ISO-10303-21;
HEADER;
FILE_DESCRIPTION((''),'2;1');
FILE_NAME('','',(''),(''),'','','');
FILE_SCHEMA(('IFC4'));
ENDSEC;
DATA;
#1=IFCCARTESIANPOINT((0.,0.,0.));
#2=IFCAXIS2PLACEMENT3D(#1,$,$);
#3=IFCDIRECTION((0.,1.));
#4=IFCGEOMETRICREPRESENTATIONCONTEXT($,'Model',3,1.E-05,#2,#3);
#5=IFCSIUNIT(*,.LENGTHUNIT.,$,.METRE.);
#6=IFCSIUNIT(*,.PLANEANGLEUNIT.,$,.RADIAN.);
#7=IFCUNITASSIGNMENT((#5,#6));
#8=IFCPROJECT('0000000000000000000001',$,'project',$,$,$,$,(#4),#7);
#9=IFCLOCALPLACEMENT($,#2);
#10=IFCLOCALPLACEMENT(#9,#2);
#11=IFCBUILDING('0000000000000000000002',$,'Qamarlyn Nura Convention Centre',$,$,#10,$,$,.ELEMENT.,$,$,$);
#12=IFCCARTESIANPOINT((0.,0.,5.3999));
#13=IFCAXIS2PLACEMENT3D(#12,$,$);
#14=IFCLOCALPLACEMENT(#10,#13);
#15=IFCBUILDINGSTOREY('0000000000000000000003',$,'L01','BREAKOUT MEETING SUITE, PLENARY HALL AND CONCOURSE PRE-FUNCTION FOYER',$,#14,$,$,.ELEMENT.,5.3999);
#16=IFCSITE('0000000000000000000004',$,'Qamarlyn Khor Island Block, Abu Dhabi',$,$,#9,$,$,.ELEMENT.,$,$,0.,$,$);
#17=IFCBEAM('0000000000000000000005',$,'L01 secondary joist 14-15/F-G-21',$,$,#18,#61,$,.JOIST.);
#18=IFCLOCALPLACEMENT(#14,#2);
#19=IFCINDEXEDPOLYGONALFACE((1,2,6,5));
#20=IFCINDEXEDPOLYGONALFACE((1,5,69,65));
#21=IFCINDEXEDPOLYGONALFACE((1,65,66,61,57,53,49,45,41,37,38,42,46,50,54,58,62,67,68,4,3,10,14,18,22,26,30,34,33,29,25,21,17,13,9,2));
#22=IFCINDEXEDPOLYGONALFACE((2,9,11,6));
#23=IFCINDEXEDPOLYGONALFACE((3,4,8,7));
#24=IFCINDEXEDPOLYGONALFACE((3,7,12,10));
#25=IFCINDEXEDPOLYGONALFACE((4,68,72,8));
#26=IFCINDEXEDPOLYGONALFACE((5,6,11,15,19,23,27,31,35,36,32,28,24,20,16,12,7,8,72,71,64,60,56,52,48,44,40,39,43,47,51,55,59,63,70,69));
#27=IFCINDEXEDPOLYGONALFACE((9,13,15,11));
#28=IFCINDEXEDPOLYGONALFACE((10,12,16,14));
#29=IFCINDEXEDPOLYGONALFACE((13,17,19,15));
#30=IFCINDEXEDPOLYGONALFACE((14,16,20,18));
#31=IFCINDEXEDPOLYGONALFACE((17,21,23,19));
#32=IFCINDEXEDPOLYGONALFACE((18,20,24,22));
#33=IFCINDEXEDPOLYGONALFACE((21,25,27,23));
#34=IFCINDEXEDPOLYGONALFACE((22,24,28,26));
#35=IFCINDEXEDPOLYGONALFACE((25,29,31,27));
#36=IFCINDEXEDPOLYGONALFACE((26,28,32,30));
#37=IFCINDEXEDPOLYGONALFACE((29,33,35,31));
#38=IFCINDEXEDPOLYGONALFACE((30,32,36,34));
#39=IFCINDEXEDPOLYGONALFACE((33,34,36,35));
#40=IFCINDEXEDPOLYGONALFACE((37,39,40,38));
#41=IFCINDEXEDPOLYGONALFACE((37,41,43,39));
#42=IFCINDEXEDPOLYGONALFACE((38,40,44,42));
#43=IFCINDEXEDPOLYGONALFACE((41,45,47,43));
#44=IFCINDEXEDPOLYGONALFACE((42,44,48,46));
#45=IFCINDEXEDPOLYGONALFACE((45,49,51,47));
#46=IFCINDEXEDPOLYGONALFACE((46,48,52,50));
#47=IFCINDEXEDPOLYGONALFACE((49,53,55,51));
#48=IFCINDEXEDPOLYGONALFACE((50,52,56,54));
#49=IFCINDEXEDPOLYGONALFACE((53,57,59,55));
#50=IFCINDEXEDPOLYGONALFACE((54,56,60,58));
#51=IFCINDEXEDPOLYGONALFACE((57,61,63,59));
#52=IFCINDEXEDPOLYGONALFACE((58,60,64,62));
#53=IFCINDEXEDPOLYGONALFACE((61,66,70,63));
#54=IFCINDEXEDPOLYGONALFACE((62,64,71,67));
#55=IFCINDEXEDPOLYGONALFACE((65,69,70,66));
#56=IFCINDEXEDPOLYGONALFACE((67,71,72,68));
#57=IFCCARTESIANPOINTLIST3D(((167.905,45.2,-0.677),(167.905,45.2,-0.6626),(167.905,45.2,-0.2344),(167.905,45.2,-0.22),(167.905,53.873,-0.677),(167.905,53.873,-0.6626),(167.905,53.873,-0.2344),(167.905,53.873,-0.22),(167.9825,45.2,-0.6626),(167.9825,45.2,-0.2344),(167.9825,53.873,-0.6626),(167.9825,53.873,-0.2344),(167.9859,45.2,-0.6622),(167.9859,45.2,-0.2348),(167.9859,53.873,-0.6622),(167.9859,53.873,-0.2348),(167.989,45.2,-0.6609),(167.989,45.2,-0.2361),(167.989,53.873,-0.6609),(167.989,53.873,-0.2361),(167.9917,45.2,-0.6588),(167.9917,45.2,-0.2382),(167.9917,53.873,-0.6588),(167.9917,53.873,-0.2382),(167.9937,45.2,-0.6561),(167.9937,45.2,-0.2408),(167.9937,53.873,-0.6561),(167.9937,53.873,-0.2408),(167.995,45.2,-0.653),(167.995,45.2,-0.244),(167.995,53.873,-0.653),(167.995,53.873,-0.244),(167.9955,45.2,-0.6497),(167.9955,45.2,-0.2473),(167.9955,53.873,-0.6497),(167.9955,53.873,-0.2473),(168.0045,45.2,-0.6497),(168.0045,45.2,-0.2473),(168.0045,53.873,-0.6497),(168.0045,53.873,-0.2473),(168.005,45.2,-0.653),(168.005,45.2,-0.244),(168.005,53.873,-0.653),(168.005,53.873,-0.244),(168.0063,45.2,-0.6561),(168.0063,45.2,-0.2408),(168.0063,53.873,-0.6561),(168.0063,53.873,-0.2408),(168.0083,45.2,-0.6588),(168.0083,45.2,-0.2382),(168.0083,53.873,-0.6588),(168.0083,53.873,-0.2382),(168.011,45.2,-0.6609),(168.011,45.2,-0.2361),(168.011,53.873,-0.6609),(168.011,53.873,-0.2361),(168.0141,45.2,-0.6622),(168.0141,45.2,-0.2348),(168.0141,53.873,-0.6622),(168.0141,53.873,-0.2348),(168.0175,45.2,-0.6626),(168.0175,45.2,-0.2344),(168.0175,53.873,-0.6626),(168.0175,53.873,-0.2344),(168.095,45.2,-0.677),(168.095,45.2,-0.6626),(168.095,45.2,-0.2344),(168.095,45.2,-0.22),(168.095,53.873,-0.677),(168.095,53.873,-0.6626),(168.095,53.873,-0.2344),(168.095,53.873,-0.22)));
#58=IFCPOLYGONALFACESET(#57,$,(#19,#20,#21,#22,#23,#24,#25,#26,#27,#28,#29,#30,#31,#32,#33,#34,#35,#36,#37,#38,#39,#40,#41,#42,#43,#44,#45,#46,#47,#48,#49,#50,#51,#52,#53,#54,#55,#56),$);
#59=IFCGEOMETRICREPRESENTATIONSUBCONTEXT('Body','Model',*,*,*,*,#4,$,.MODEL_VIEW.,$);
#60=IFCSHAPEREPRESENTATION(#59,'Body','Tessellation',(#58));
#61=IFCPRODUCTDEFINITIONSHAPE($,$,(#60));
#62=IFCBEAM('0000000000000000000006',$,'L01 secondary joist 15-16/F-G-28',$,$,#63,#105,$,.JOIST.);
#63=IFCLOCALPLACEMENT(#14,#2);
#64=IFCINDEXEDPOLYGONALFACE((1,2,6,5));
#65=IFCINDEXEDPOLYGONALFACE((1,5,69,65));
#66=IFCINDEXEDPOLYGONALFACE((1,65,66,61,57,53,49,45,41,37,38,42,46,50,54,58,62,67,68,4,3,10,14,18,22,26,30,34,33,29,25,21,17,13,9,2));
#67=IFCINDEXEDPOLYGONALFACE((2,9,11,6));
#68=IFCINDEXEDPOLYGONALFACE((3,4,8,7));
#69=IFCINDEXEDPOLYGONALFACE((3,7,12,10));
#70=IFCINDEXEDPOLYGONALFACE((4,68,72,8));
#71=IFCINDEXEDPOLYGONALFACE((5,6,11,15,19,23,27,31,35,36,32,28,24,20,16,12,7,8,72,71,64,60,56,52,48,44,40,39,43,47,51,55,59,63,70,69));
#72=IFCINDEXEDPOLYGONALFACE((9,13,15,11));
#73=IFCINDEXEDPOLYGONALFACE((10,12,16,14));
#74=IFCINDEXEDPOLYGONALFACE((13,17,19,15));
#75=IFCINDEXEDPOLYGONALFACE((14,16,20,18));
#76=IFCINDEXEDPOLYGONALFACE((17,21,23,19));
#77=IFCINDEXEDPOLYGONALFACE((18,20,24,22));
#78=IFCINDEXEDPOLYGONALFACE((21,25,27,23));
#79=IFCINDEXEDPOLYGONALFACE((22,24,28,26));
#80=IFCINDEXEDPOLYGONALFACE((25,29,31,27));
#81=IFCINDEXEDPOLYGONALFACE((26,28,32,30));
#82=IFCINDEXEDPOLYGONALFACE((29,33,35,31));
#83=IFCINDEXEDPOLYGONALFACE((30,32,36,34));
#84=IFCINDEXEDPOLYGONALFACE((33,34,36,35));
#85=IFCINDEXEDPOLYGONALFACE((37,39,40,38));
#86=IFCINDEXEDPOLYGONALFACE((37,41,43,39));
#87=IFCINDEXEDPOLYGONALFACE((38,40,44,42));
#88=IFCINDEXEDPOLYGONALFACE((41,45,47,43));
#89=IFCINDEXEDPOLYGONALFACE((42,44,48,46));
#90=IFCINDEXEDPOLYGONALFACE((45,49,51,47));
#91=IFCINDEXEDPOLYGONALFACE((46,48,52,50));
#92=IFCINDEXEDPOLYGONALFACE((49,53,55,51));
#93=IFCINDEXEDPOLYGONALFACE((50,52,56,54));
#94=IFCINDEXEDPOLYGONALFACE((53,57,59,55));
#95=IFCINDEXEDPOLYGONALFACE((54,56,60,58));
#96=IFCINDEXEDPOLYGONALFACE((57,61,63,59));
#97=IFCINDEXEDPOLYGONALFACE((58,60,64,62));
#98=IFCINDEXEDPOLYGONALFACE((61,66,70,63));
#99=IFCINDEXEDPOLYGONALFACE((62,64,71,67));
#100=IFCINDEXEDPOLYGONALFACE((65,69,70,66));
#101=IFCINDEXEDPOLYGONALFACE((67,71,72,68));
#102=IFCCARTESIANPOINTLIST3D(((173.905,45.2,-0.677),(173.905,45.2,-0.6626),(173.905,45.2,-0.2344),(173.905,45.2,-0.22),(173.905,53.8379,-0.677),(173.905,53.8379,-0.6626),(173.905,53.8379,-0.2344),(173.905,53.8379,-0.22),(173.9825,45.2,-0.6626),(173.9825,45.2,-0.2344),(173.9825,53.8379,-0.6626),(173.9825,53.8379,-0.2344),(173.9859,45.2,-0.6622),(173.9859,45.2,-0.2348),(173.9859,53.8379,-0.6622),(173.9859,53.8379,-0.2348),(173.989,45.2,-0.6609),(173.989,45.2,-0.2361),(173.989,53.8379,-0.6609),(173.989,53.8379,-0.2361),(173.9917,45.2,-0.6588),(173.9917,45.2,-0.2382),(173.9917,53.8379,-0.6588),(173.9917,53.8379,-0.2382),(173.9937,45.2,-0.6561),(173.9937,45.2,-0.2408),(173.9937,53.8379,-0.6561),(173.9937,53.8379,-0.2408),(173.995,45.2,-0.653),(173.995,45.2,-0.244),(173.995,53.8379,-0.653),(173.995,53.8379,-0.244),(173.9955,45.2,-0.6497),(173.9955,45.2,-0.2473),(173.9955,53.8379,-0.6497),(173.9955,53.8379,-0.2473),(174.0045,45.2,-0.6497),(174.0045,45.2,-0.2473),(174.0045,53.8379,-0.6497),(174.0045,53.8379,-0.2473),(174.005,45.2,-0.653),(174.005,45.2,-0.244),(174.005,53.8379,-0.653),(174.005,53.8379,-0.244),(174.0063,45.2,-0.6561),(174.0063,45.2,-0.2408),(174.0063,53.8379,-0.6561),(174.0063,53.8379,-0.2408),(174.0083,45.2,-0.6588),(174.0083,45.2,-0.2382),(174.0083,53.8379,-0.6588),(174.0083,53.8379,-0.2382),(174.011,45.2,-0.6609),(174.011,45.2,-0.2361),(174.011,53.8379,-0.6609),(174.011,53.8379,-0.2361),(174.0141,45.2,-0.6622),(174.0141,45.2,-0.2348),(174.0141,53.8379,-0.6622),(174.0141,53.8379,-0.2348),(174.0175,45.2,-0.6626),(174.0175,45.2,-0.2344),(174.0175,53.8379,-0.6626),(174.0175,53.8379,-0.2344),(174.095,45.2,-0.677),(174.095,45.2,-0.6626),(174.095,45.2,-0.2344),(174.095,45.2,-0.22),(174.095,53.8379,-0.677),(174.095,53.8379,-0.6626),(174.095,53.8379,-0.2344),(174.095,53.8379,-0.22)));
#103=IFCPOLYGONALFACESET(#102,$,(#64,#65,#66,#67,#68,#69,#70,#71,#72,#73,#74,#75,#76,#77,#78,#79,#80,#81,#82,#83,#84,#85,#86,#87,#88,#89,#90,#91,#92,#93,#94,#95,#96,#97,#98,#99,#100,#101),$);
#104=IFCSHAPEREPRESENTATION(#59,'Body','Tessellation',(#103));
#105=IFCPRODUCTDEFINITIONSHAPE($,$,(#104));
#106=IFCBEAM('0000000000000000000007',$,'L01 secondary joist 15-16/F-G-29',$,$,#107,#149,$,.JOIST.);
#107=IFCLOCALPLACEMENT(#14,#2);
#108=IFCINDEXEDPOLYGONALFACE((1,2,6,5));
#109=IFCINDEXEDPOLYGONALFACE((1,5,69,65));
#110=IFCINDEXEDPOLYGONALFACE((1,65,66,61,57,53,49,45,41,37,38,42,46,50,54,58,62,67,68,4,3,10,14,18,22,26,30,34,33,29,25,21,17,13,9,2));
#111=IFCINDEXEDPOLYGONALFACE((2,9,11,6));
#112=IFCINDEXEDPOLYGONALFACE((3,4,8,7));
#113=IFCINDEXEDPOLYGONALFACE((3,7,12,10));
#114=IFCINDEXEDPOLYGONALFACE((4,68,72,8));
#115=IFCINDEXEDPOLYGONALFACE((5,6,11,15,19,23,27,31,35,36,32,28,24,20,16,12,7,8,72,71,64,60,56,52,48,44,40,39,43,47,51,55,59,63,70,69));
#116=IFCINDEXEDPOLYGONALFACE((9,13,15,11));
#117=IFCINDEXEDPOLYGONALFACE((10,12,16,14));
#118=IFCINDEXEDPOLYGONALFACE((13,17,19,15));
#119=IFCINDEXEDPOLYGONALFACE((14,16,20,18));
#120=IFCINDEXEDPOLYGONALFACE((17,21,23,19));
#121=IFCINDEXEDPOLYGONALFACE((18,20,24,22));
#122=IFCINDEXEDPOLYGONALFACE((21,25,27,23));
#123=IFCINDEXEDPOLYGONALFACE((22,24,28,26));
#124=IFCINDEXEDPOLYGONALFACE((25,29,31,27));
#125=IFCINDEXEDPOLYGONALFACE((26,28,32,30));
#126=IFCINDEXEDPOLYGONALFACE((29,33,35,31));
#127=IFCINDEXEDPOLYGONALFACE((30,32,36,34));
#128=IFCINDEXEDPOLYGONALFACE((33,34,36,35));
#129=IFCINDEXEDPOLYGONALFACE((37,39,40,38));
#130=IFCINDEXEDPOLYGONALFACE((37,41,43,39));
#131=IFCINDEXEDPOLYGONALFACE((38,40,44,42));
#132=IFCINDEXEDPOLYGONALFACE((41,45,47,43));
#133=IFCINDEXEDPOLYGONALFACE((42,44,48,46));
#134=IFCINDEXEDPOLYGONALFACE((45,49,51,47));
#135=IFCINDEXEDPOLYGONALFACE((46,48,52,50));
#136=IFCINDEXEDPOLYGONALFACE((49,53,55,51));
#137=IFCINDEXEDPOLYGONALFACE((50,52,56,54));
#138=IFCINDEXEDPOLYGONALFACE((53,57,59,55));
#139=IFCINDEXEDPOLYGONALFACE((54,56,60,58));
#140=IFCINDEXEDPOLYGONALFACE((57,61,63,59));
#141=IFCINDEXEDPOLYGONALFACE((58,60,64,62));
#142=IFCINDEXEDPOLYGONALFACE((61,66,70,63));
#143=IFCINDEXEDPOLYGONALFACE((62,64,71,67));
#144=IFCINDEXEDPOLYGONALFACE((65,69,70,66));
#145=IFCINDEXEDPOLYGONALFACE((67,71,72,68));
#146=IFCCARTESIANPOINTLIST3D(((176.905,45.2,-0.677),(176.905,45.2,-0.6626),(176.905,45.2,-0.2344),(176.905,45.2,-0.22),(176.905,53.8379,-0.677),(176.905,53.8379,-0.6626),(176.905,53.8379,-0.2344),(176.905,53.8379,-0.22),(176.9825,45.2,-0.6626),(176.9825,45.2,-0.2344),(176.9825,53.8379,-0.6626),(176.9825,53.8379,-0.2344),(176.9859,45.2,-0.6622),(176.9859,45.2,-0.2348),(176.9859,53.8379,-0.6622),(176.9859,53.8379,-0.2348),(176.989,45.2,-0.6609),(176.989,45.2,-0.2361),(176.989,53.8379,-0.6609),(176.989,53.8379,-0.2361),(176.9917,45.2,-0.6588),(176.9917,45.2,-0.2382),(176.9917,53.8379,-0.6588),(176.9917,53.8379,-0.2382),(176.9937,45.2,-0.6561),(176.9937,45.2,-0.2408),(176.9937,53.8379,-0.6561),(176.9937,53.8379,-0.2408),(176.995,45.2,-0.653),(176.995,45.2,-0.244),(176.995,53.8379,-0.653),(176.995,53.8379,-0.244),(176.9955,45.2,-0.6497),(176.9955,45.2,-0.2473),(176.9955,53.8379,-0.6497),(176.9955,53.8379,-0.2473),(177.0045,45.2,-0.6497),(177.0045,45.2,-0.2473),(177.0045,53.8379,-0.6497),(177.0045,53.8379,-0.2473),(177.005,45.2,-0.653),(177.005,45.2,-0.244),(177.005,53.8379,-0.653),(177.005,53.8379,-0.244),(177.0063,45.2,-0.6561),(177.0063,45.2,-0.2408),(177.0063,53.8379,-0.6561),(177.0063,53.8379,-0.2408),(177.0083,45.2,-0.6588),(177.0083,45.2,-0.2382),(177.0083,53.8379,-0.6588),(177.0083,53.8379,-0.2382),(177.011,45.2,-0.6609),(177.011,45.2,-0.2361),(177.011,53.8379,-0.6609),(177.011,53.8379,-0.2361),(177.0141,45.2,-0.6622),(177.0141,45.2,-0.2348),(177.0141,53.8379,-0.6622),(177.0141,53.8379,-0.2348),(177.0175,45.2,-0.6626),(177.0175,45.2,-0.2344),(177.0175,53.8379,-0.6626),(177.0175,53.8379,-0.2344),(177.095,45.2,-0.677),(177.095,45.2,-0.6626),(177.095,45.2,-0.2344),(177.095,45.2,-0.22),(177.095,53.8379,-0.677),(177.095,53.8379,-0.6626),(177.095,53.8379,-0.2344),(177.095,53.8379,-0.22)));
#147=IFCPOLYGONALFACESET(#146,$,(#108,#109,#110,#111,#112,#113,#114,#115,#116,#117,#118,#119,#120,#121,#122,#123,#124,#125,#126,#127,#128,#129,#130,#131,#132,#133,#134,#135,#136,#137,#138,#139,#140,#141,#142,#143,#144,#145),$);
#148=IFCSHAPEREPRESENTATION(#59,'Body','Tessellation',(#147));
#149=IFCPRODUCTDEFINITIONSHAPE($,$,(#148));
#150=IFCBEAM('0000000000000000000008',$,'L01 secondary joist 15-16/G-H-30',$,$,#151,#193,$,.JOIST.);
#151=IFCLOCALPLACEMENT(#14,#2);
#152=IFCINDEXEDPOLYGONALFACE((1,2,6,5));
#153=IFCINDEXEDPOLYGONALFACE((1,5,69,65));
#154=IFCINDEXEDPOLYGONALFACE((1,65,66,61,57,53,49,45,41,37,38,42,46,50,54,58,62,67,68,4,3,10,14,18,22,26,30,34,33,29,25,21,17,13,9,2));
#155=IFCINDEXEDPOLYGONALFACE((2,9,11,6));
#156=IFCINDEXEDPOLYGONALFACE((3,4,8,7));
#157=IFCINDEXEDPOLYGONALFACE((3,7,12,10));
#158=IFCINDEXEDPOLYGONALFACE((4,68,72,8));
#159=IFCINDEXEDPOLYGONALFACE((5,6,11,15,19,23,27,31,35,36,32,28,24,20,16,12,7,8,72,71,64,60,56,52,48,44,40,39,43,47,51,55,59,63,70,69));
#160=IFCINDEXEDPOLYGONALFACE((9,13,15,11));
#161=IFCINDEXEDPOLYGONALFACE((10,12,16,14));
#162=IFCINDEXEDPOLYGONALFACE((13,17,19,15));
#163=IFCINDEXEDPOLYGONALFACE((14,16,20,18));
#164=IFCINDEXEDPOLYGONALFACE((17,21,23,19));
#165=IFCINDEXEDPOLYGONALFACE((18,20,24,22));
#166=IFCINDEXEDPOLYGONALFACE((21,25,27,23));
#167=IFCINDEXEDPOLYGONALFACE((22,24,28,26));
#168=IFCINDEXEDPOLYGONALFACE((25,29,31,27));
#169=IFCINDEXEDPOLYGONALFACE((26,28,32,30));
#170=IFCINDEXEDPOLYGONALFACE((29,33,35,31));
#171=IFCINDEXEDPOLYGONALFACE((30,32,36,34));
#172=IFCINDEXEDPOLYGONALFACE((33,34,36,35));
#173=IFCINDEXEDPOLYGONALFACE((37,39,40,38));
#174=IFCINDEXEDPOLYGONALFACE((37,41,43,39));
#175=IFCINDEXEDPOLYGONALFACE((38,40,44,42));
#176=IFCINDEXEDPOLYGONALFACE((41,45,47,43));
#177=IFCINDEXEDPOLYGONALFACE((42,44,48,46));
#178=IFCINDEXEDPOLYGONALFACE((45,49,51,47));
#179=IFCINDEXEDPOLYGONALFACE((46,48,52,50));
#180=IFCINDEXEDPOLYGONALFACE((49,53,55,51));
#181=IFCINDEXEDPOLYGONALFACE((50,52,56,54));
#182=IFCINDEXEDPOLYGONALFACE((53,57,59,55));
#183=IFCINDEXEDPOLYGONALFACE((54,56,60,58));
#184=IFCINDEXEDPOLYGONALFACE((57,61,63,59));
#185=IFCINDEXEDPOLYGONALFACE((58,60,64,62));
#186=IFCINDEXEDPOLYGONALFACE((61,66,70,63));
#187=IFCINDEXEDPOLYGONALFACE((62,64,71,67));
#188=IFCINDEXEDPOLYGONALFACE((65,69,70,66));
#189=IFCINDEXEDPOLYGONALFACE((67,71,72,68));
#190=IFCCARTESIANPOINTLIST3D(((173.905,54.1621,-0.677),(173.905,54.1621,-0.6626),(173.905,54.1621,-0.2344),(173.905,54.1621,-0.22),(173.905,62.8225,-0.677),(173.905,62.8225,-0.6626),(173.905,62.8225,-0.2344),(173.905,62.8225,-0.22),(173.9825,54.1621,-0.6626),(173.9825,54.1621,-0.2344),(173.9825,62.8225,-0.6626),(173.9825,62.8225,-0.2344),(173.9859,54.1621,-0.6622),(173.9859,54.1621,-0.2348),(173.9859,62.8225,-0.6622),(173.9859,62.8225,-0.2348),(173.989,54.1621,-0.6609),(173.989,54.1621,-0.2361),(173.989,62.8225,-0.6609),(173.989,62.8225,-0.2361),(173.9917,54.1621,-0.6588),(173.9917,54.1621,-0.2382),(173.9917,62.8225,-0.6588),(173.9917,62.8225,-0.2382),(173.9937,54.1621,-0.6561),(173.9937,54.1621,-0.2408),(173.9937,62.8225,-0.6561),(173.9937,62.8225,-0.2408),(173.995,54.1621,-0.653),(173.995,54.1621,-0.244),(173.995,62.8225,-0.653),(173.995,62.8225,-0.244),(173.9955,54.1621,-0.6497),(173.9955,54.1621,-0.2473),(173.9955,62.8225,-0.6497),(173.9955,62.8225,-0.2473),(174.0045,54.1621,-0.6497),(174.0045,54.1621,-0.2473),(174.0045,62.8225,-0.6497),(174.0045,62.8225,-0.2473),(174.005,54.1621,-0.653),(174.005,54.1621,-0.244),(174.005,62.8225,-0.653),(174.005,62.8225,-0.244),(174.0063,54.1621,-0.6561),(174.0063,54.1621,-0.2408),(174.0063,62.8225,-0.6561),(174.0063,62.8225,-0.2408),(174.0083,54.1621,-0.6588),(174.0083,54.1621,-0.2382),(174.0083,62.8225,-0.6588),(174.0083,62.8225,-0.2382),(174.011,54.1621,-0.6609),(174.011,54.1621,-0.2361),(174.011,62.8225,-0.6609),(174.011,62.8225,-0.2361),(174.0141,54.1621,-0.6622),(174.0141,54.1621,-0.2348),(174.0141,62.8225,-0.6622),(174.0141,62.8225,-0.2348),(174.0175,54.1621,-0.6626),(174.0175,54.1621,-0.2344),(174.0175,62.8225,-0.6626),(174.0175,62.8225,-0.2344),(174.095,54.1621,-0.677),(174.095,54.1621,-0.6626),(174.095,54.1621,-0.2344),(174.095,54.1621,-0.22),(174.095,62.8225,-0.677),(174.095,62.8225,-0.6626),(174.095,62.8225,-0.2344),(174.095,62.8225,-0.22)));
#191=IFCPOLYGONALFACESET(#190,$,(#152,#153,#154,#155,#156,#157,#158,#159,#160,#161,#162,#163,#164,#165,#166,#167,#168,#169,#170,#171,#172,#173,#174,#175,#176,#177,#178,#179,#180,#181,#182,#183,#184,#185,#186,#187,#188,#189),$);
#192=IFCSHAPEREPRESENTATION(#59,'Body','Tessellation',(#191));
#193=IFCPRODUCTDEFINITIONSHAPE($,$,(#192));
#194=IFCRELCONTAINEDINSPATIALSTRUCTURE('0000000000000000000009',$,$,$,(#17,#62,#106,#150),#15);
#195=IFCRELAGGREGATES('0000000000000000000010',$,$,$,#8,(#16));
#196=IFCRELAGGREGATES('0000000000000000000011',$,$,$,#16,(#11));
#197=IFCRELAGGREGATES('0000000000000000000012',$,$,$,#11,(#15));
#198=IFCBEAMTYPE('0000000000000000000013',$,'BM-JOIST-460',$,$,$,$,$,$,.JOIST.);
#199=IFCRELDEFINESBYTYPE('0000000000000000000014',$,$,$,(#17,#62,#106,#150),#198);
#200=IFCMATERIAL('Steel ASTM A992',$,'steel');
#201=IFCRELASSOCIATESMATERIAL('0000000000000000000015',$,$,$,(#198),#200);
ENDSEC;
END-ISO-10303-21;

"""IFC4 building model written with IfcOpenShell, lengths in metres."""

from ifc_helpers import new_model, si_unit, direction, frame, origin, origin_2d, place, context, subcontext, project, spatial, i_section, extrude, material, material_profile, profile_set, type_object, element, save


model = new_model("IFC4")

# Units and contexts
model_context = context("Model", 3, precision=1e-05, world=origin(), true_north=direction((0.0, 1.0)))
body_context = subcontext(model_context, "Body", "Model", "MODEL_VIEW")
ifc_project = project(units=[si_unit("LENGTHUNIT", "METRE"), si_unit("PLANEANGLEUNIT", "RADIAN")], contexts=[model_context])

# Site, building, storey
site_placement = place(None, origin())
site = spatial("IfcSite", under=ifc_project, at=site_placement, Name="Qamarlyn Khor Island Block, Abu Dhabi", CompositionType="ELEMENT", RefElevation=0.0)
building_placement = place(site_placement, origin())
building = spatial("IfcBuilding", under=site, at=building_placement, Name="Qamarlyn Nura Convention Centre", CompositionType="ELEMENT")
storey_placement = place(building_placement, frame((0.0, 0.0, 5.3999)))
storey = spatial("IfcBuildingStorey", under=building, at=storey_placement, Name="L01", Description="BREAKOUT MEETING SUITE, PLENARY HALL AND CONCOURSE PRE-FUNCTION FOYER", CompositionType="ELEMENT", Elevation=5.3999)

# Shared definitions
ifc_material_1 = material(Name="Steel ASTM A992", Category="steel")

# Beams
ifc_material_profile_1 = material_profile(ifc_material_1, i_section(OverallWidth=0.1899, OverallDepth=0.457, WebThickness=0.009, FlangeThickness=0.0144, FilletRadius=0.0129, at=origin_2d()), Name="W460X74")
ifc_profile_set_1 = profile_set([ifc_material_profile_1], Name="Steel ASTM A992")
beam_type_1 = type_object("IfcBeamType", Name="BM-JOIST-460", PredefinedType="JOIST", material=ifc_profile_set_1)
for number, where, z_axis, x_axis, name in (
    (1, (168.0, 45.2, -0.4485), (0.0, 1.0, 0.0), (-1.0, 0.0, 0.0), "L01 secondary joist 14-15/F-G-21"),
):
    element("IfcBeam", number, at=place(storey_placement, frame(where, z_axis=z_axis, x_axis=x_axis)), inside=storey, type_object=beam_type_1, Name=name, PredefinedType="JOIST", context=body_context, shape_type="SweptSolid", body=[
        extrude(i_section(OverallWidth=0.1899, OverallDepth=0.457, WebThickness=0.009, FlangeThickness=0.0144, FilletRadius=0.0129, at=origin_2d()), origin(), (0.0, 0.0, 1.0), 8.6731),
    ])
for number, where, z_axis, x_axis, name in (
    (2, (174.0, 45.2, -0.4485), (0.0, 1.0, 0.0), (-1.0, 0.0, 0.0), "L01 secondary joist 15-16/F-G-28"),
    (3, (177.0, 45.2, -0.4485), (0.0, 1.0, 0.0), (-1.0, 0.0, 0.0), "L01 secondary joist 15-16/F-G-29"),
):
    element("IfcBeam", number, at=place(storey_placement, frame(where, z_axis=z_axis, x_axis=x_axis)), inside=storey, type_object=beam_type_1, Name=name, PredefinedType="JOIST", context=body_context, shape_type="SweptSolid", body=[
        extrude(i_section(OverallWidth=0.1899, OverallDepth=0.457, WebThickness=0.009, FlangeThickness=0.0144, FilletRadius=0.0129, at=origin_2d()), origin(), (0.0, 0.0, 1.0), 8.6379),
    ])
for number, where, z_axis, x_axis, name in (
    (4, (174.0, 54.1621, -0.4485), (0.0, 1.0, 0.0), (-1.0, 0.0, 0.0), "L01 secondary joist 15-16/G-H-30"),
):
    element("IfcBeam", number, at=place(storey_placement, frame(where, z_axis=z_axis, x_axis=x_axis)), inside=storey, type_object=beam_type_1, Name=name, PredefinedType="JOIST", context=body_context, shape_type="SweptSolid", body=[
        extrude(i_section(OverallWidth=0.1899, OverallDepth=0.457, WebThickness=0.009, FlangeThickness=0.0144, FilletRadius=0.0129, at=origin_2d()), origin(), (0.0, 0.0, 1.0), 8.6604),
    ])

save(model, "model.ifc")
